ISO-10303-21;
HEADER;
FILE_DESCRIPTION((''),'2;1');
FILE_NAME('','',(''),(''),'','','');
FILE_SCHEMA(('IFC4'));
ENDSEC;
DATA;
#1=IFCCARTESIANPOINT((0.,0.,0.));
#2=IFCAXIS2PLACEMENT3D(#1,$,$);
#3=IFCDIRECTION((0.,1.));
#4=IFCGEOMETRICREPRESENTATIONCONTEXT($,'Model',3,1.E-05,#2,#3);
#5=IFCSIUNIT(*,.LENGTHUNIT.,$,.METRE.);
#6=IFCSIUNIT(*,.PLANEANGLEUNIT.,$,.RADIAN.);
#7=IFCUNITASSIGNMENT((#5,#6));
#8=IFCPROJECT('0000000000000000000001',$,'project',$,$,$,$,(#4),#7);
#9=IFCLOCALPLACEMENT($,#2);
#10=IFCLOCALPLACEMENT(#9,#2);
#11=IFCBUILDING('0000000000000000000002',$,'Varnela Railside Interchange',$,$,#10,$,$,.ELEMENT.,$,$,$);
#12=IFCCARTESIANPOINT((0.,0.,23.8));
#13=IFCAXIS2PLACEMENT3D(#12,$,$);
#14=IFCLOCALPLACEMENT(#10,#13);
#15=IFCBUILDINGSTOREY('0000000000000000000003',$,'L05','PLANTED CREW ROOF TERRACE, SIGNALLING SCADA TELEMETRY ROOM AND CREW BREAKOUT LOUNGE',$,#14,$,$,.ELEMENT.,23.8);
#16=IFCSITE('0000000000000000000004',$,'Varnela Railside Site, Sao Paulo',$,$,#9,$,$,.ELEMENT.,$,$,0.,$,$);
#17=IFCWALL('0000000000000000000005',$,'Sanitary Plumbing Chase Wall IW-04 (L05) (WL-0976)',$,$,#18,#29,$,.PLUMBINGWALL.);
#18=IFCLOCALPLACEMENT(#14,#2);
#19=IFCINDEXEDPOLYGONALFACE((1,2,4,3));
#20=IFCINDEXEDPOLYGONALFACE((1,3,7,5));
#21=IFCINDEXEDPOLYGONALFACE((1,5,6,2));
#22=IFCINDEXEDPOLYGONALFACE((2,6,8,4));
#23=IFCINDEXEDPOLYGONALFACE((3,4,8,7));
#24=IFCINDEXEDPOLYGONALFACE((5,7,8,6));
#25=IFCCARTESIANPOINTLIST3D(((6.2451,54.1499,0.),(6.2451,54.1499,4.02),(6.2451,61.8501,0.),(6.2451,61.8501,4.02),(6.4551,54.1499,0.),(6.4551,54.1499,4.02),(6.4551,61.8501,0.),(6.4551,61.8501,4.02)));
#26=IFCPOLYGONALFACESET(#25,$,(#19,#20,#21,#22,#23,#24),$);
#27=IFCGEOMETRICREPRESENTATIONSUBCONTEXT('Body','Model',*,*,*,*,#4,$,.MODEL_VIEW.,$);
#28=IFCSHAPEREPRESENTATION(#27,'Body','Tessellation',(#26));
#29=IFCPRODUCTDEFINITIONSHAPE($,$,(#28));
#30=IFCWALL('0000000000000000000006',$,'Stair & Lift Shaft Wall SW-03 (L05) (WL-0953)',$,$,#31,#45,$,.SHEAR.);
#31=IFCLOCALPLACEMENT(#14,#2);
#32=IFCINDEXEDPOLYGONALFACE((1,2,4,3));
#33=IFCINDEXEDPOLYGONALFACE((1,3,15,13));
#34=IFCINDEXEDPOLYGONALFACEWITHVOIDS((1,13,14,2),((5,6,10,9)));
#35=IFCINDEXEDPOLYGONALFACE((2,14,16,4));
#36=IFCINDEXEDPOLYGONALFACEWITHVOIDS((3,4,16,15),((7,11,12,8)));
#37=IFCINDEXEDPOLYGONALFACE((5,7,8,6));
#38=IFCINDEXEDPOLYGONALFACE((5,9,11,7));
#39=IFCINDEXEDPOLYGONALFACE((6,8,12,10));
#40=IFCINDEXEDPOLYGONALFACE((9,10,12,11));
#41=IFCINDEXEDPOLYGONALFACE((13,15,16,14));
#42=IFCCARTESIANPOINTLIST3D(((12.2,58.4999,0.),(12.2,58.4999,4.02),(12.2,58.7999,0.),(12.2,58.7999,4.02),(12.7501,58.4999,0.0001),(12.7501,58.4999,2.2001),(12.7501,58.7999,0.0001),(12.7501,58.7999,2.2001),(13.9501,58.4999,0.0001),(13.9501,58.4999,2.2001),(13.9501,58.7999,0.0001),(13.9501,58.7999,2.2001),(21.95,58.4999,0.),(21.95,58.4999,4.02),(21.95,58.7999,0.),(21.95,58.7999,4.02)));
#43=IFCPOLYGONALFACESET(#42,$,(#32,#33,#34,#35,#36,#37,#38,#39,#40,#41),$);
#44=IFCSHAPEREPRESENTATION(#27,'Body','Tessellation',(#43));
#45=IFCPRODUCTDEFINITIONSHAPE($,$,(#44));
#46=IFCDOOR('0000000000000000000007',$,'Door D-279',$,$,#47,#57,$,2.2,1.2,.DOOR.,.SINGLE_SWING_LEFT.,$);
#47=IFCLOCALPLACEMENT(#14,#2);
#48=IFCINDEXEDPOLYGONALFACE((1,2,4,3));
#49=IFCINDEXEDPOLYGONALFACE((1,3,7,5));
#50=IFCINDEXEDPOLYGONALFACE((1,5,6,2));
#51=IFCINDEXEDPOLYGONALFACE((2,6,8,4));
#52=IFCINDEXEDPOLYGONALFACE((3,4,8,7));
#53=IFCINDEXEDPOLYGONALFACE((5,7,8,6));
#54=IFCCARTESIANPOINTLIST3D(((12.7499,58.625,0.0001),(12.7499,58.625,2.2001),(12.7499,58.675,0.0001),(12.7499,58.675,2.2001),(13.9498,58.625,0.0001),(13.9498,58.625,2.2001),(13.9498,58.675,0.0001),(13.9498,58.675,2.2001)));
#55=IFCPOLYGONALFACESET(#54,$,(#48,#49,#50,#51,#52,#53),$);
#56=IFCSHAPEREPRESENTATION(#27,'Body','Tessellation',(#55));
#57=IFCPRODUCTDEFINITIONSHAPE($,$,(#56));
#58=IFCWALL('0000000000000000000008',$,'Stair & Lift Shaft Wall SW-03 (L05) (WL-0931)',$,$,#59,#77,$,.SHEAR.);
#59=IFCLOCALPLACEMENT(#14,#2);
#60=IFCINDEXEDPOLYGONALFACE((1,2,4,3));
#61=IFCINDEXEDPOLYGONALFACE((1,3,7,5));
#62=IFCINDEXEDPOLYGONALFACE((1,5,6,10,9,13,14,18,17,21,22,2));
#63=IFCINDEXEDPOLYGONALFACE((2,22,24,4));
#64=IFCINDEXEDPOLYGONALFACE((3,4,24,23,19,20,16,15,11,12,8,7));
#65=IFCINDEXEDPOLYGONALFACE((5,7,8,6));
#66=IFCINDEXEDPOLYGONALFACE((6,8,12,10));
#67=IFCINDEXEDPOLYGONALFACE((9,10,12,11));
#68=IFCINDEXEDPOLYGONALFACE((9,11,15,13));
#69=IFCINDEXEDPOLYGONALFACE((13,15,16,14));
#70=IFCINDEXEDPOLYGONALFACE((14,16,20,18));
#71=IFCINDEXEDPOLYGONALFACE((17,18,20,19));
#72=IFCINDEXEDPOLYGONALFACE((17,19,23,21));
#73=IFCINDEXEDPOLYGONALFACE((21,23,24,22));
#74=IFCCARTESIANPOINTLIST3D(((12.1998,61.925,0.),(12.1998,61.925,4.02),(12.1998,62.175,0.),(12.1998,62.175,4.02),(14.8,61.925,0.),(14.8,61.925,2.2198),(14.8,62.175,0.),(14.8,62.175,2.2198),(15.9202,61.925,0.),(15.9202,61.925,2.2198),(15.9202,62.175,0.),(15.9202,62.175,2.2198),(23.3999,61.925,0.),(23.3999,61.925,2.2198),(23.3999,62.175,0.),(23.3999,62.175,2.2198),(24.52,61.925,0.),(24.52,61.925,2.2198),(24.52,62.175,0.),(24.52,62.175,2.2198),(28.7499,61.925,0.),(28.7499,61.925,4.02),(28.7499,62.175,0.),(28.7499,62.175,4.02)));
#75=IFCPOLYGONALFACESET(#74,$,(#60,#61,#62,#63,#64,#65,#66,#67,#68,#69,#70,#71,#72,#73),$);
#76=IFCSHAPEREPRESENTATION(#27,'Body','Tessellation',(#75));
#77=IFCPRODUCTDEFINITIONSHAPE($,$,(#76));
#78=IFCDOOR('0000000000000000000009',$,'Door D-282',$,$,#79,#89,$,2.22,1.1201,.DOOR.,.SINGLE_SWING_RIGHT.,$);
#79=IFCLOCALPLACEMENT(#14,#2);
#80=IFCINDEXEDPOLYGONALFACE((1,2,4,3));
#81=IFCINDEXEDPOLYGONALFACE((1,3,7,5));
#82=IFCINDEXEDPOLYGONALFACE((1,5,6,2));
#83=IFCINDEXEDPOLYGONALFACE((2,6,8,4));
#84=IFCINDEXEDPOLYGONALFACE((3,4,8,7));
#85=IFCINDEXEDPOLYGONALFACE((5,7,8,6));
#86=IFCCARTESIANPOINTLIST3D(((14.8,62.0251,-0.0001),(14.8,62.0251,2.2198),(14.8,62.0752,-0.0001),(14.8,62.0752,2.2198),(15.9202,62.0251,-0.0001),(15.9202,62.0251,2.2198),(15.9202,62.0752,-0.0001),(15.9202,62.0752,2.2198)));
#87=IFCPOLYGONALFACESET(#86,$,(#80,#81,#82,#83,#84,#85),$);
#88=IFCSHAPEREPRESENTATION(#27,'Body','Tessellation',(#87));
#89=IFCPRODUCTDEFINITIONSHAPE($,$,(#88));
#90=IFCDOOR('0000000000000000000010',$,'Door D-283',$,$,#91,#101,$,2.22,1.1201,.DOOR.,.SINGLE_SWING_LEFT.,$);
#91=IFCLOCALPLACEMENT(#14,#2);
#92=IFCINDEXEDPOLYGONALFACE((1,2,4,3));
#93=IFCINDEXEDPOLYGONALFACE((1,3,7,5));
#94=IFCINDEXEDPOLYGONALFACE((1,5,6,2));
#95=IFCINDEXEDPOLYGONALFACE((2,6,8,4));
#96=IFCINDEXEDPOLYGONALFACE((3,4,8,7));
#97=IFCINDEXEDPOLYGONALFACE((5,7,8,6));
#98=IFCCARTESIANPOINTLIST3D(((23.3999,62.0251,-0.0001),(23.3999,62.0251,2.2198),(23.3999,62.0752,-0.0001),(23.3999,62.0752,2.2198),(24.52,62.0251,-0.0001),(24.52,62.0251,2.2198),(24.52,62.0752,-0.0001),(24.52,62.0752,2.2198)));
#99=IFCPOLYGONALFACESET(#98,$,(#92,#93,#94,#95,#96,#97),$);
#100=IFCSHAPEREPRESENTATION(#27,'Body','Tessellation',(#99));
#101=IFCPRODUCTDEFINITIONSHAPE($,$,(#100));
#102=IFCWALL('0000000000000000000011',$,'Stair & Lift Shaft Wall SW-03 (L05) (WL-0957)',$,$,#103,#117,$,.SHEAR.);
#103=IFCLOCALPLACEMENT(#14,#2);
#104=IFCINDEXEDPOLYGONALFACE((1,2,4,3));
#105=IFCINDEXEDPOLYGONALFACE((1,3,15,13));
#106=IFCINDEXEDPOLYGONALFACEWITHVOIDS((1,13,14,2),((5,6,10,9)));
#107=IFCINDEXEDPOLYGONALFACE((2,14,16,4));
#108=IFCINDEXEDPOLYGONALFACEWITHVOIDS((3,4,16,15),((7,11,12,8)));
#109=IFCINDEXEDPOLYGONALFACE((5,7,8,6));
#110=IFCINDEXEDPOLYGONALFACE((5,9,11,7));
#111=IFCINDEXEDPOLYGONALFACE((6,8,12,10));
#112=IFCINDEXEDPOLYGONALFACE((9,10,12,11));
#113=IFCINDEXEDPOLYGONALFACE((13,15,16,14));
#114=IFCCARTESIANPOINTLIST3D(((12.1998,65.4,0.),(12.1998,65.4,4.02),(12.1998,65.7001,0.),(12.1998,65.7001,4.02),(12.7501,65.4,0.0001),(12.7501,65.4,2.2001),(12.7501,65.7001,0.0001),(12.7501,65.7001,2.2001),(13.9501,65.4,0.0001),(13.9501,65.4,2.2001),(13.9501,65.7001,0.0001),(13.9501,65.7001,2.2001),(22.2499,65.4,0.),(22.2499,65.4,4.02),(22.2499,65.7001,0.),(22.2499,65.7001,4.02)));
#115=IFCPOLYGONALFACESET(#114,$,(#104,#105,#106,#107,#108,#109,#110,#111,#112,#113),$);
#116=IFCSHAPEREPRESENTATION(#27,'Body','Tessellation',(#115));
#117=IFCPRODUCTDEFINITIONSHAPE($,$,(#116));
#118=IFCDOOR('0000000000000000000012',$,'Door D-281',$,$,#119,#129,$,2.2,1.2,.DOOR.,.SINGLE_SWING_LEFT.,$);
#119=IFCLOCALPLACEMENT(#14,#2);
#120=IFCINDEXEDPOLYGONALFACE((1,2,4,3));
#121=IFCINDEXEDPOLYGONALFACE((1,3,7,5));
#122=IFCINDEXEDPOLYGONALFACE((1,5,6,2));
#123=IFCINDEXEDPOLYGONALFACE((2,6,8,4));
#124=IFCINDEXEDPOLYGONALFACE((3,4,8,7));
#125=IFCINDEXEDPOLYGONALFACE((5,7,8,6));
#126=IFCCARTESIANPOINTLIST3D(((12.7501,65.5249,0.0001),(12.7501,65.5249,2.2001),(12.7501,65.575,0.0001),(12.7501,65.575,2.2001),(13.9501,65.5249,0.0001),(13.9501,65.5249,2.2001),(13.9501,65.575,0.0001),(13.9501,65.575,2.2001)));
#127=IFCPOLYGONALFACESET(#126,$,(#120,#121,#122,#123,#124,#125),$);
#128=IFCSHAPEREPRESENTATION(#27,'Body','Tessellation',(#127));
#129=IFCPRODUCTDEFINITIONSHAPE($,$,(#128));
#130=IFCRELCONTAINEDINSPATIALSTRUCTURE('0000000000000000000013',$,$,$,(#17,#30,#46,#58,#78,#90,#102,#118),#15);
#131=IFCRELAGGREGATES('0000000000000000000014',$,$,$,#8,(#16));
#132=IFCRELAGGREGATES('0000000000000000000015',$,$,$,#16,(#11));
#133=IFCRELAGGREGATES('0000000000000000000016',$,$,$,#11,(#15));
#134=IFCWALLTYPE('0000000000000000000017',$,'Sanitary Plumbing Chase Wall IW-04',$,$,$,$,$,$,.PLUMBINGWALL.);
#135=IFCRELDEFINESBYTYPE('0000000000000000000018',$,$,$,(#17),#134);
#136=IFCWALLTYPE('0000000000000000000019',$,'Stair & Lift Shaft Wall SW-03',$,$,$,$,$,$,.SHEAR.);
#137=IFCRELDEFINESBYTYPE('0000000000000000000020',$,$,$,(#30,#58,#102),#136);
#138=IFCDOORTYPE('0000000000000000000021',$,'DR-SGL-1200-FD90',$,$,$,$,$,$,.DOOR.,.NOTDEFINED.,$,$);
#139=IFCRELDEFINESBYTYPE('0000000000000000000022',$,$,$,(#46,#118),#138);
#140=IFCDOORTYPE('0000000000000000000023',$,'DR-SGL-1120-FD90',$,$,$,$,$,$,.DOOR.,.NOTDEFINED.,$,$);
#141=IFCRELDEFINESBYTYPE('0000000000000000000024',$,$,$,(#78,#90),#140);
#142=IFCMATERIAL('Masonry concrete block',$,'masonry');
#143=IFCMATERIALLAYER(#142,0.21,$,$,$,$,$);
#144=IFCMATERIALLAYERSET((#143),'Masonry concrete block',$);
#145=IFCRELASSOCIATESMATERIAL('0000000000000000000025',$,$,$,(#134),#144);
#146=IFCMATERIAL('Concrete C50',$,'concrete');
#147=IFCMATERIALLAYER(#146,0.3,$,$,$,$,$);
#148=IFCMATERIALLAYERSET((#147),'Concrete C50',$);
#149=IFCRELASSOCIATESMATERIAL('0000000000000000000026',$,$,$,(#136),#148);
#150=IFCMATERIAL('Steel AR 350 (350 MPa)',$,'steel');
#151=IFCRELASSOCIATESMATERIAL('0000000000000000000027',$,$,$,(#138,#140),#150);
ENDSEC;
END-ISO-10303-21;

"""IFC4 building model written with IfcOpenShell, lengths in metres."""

from ifc_helpers import new_model, si_unit, direction, frame, frame_2d, origin, place, context, subcontext, project, spatial, rectangle, extrude, material, layer, layer_set, type_object, element, fill, save


model = new_model("IFC4")

# Units and contexts
model_context = context("Model", 3, precision=1e-05, world=origin(), true_north=direction((0.0, 1.0)))
body_context = subcontext(model_context, "Body", "Model", "MODEL_VIEW")
ifc_project = project(units=[si_unit("LENGTHUNIT", "METRE"), si_unit("PLANEANGLEUNIT", "RADIAN")], contexts=[model_context])

# Site, building, storey
site_placement = place(None, origin())
site = spatial("IfcSite", under=ifc_project, at=site_placement, Name="Varnela Railside Site, Sao Paulo", CompositionType="ELEMENT", RefElevation=0.0)
building_placement = place(site_placement, origin())
building = spatial("IfcBuilding", under=site, at=building_placement, Name="Varnela Railside Interchange", CompositionType="ELEMENT")
storey_placement = place(building_placement, frame((0.0, 0.0, 23.8)))
storey = spatial("IfcBuildingStorey", under=building, at=storey_placement, Name="L05", Description="PLANTED CREW ROOF TERRACE, SIGNALLING SCADA TELEMETRY ROOM AND CREW BREAKOUT LOUNGE", CompositionType="ELEMENT", Elevation=23.8)

# Shared definitions
ifc_material_1 = material(Name="Steel AR 350 (350 MPa)", Category="steel")

# Shared definitions
ifc_material_2 = material(Name="Concrete C50", Category="concrete")

# Shared definitions
ifc_material_3 = material(Name="Masonry concrete block", Category="masonry")
ifc_layer_1 = layer(ifc_material_3, 0.21)
ifc_layer_set_1 = layer_set([ifc_layer_1], Name="Masonry concrete block")
wall_type_1 = type_object("IfcWallType", Name="Sanitary Plumbing Chase Wall IW-04", PredefinedType="PLUMBINGWALL", material=ifc_layer_set_1)

# Wall
wall_1_placement = place(storey_placement, frame((6.3501, 54.1499, 0.0), z_axis=(0.0, 0.0, 1.0), x_axis=(0.0, 1.0, 0.0)))
element("IfcWall", 1, at=wall_1_placement, inside=storey, type_object=wall_type_1, Name="Sanitary Plumbing Chase Wall IW-04 (L05) (WL-0976)", PredefinedType="PLUMBINGWALL", context=body_context, shape_type="SweptSolid", body=[
    extrude(rectangle(XDim=7.7002, YDim=0.21, at=frame_2d((3.8501, 0.0))), origin(), (0.0, 0.0, 1.0), 4.02),
])

# Wall, opening, door
ifc_layer_2 = layer(ifc_material_2, 0.3)
ifc_layer_set_2 = layer_set([ifc_layer_2], Name="Concrete C50")
wall_type_2 = type_object("IfcWallType", Name="Stair & Lift Shaft Wall SW-03", PredefinedType="SHEAR", material=ifc_layer_set_2)
wall_2_placement = place(storey_placement, frame((12.2, 58.6499, 0.0), z_axis=(0.0, 0.0, 1.0), x_axis=(1.0, 0.0, 0.0)))
wall_2 = element("IfcWall", 2, at=wall_2_placement, inside=storey, type_object=wall_type_2, Name="Stair & Lift Shaft Wall SW-03 (L05) (WL-0953)", PredefinedType="SHEAR", context=body_context, shape_type="SweptSolid", body=[
    extrude(rectangle(XDim=9.75, YDim=0.3, at=frame_2d((4.875, 0.0))), origin(), (0.0, 0.0, 1.0), 4.02),
])
opening_1_placement = place(wall_2_placement, frame((0.55, 0.0, 0.0)))
opening_1 = element("IfcOpeningElement", 3, at=opening_1_placement, cuts=wall_2, PredefinedType="OPENING", context=body_context, shape_type="SweptSolid", body=[
    extrude(rectangle(XDim=1.2, YDim=2.2, at=frame_2d((0.6001, 1.1001))), frame((0.0, 0.1599, 0.0), z_axis=(0.0, -1.0, 0.0), x_axis=(1.0, 0.0, 0.0)), (0.0, 0.0, 1.0), 0.3201),
])
door_type_1 = type_object("IfcDoorType", Name="DR-SGL-1200-FD90", OperationType="NOTDEFINED", PredefinedType="DOOR", material=ifc_material_1)
door_1_placement = place(opening_1_placement, frame((1.2, 0.0, 0.0), z_axis=(0.0, 0.0, 1.0), x_axis=(-1.0, 0.0, 0.0)))
door_1 = element("IfcDoor", 4, at=door_1_placement, inside=storey, type_object=door_type_1, Name="Door D-279", OperationType="SINGLE_SWING_LEFT", OverallHeight=2.2, OverallWidth=1.2, PredefinedType="DOOR", context=body_context, shape_type="SweptSolid", body=[
    extrude(rectangle(XDim=1.2, YDim=2.2, at=frame_2d((0.6001, 1.1001))), frame((0.0, 0.0249, 0.0), z_axis=(0.0, -1.0, 0.0), x_axis=(1.0, 0.0, 0.0)), (0.0, 0.0, 1.0), 0.05),
])
fill(opening_1, door_1)

# Wall, openings, doors
wall_3_placement = place(storey_placement, frame((12.2, 62.05, 0.0), z_axis=(0.0, 0.0, 1.0), x_axis=(1.0, 0.0, 0.0)))
wall_3 = element("IfcWall", 5, at=wall_3_placement, inside=storey, type_object=wall_type_2, Name="Stair & Lift Shaft Wall SW-03 (L05) (WL-0931)", PredefinedType="SHEAR", context=body_context, shape_type="SweptSolid", body=[
    extrude(rectangle(XDim=16.55, YDim=0.25, at=frame_2d((8.2749, 0.0))), origin(), (0.0, 0.0, 1.0), 4.02),
])
opening_2_placement = place(wall_3_placement, frame((2.6001, 0.0, 0.0)))
opening_2 = element("IfcOpeningElement", 6, at=opening_2_placement, cuts=wall_3, PredefinedType="OPENING", context=body_context, shape_type="SweptSolid", body=[
    extrude(rectangle(XDim=1.1201, YDim=2.22, at=frame_2d((0.5601, 1.1099))), frame((0.0, 0.135, 0.0), z_axis=(0.0, -1.0, 0.0), x_axis=(1.0, 0.0, 0.0)), (0.0, 0.0, 1.0), 0.27),
])
opening_3_placement = place(wall_3_placement, frame((11.2, 0.0, 0.0)))
opening_3 = element("IfcOpeningElement", 7, at=opening_3_placement, cuts=wall_3, PredefinedType="OPENING", context=body_context, shape_type="SweptSolid", body=[
    extrude(rectangle(XDim=1.1201, YDim=2.22, at=frame_2d((0.5601, 1.1099))), frame((0.0, 0.135, 0.0), z_axis=(0.0, -1.0, 0.0), x_axis=(1.0, 0.0, 0.0)), (0.0, 0.0, 1.0), 0.27),
])
door_type_2 = type_object("IfcDoorType", Name="DR-SGL-1120-FD90", OperationType="NOTDEFINED", PredefinedType="DOOR", material=ifc_material_1)
door_2_placement = place(opening_2_placement, frame((1.1201, 0.0, 0.0), z_axis=(0.0, 0.0, 1.0), x_axis=(-1.0, 0.0, 0.0)))
door_2 = element("IfcDoor", 8, at=door_2_placement, inside=storey, type_object=door_type_2, Name="Door D-282", OperationType="SINGLE_SWING_RIGHT", OverallHeight=2.22, OverallWidth=1.1201, PredefinedType="DOOR", context=body_context, shape_type="SweptSolid", body=[
    extrude(rectangle(XDim=1.1201, YDim=2.22, at=frame_2d((0.5601, 1.1099))), frame((0.0, 0.0249, 0.0), z_axis=(0.0, -1.0, 0.0), x_axis=(1.0, 0.0, 0.0)), (0.0, 0.0, 1.0), 0.05),
])
fill(opening_2, door_2)
door_3_placement = place(opening_3_placement, frame((1.1201, 0.0, 0.0), z_axis=(0.0, 0.0, 1.0), x_axis=(-1.0, 0.0, 0.0)))
door_3 = element("IfcDoor", 9, at=door_3_placement, inside=storey, type_object=door_type_2, Name="Door D-283", OperationType="SINGLE_SWING_LEFT", OverallHeight=2.22, OverallWidth=1.1201, PredefinedType="DOOR", context=body_context, shape_type="SweptSolid", body=[
    extrude(rectangle(XDim=1.1201, YDim=2.22, at=frame_2d((0.5601, 1.1099))), frame((0.0, 0.0249, 0.0), z_axis=(0.0, -1.0, 0.0), x_axis=(1.0, 0.0, 0.0)), (0.0, 0.0, 1.0), 0.05),
])
fill(opening_3, door_3)

# Wall, opening, door
wall_4_placement = place(storey_placement, frame((12.2, 65.55, 0.0), z_axis=(0.0, 0.0, 1.0), x_axis=(1.0, 0.0, 0.0)))
wall_4 = element("IfcWall", 10, at=wall_4_placement, inside=storey, type_object=wall_type_2, Name="Stair & Lift Shaft Wall SW-03 (L05) (WL-0957)", PredefinedType="SHEAR", context=body_context, shape_type="SweptSolid", body=[
    extrude(rectangle(XDim=10.05, YDim=0.3, at=frame_2d((5.0249, 0.0))), origin(), (0.0, 0.0, 1.0), 4.02),
])
opening_4_placement = place(wall_4_placement, frame((0.55, 0.0, 0.0)))
opening_4 = element("IfcOpeningElement", 11, at=opening_4_placement, cuts=wall_4, PredefinedType="OPENING", context=body_context, shape_type="SweptSolid", body=[
    extrude(rectangle(XDim=1.2, YDim=2.2, at=frame_2d((0.6001, 1.1001))), frame((0.0, 0.1599, 0.0), z_axis=(0.0, -1.0, 0.0), x_axis=(1.0, 0.0, 0.0)), (0.0, 0.0, 1.0), 0.3201),
])
door_4_placement = place(opening_4_placement, origin())
door_4 = element("IfcDoor", 12, at=door_4_placement, inside=storey, type_object=door_type_1, Name="Door D-281", OperationType="SINGLE_SWING_LEFT", OverallHeight=2.2, OverallWidth=1.2, PredefinedType="DOOR", context=body_context, shape_type="SweptSolid", body=[
    extrude(rectangle(XDim=1.2, YDim=2.2, at=frame_2d((0.6001, 1.1001))), frame((0.0, 0.0249, 0.0), z_axis=(0.0, -1.0, 0.0), x_axis=(1.0, 0.0, 0.0)), (0.0, 0.0, 1.0), 0.05),
])
fill(opening_4, door_4)

save(model, "model.ifc")
